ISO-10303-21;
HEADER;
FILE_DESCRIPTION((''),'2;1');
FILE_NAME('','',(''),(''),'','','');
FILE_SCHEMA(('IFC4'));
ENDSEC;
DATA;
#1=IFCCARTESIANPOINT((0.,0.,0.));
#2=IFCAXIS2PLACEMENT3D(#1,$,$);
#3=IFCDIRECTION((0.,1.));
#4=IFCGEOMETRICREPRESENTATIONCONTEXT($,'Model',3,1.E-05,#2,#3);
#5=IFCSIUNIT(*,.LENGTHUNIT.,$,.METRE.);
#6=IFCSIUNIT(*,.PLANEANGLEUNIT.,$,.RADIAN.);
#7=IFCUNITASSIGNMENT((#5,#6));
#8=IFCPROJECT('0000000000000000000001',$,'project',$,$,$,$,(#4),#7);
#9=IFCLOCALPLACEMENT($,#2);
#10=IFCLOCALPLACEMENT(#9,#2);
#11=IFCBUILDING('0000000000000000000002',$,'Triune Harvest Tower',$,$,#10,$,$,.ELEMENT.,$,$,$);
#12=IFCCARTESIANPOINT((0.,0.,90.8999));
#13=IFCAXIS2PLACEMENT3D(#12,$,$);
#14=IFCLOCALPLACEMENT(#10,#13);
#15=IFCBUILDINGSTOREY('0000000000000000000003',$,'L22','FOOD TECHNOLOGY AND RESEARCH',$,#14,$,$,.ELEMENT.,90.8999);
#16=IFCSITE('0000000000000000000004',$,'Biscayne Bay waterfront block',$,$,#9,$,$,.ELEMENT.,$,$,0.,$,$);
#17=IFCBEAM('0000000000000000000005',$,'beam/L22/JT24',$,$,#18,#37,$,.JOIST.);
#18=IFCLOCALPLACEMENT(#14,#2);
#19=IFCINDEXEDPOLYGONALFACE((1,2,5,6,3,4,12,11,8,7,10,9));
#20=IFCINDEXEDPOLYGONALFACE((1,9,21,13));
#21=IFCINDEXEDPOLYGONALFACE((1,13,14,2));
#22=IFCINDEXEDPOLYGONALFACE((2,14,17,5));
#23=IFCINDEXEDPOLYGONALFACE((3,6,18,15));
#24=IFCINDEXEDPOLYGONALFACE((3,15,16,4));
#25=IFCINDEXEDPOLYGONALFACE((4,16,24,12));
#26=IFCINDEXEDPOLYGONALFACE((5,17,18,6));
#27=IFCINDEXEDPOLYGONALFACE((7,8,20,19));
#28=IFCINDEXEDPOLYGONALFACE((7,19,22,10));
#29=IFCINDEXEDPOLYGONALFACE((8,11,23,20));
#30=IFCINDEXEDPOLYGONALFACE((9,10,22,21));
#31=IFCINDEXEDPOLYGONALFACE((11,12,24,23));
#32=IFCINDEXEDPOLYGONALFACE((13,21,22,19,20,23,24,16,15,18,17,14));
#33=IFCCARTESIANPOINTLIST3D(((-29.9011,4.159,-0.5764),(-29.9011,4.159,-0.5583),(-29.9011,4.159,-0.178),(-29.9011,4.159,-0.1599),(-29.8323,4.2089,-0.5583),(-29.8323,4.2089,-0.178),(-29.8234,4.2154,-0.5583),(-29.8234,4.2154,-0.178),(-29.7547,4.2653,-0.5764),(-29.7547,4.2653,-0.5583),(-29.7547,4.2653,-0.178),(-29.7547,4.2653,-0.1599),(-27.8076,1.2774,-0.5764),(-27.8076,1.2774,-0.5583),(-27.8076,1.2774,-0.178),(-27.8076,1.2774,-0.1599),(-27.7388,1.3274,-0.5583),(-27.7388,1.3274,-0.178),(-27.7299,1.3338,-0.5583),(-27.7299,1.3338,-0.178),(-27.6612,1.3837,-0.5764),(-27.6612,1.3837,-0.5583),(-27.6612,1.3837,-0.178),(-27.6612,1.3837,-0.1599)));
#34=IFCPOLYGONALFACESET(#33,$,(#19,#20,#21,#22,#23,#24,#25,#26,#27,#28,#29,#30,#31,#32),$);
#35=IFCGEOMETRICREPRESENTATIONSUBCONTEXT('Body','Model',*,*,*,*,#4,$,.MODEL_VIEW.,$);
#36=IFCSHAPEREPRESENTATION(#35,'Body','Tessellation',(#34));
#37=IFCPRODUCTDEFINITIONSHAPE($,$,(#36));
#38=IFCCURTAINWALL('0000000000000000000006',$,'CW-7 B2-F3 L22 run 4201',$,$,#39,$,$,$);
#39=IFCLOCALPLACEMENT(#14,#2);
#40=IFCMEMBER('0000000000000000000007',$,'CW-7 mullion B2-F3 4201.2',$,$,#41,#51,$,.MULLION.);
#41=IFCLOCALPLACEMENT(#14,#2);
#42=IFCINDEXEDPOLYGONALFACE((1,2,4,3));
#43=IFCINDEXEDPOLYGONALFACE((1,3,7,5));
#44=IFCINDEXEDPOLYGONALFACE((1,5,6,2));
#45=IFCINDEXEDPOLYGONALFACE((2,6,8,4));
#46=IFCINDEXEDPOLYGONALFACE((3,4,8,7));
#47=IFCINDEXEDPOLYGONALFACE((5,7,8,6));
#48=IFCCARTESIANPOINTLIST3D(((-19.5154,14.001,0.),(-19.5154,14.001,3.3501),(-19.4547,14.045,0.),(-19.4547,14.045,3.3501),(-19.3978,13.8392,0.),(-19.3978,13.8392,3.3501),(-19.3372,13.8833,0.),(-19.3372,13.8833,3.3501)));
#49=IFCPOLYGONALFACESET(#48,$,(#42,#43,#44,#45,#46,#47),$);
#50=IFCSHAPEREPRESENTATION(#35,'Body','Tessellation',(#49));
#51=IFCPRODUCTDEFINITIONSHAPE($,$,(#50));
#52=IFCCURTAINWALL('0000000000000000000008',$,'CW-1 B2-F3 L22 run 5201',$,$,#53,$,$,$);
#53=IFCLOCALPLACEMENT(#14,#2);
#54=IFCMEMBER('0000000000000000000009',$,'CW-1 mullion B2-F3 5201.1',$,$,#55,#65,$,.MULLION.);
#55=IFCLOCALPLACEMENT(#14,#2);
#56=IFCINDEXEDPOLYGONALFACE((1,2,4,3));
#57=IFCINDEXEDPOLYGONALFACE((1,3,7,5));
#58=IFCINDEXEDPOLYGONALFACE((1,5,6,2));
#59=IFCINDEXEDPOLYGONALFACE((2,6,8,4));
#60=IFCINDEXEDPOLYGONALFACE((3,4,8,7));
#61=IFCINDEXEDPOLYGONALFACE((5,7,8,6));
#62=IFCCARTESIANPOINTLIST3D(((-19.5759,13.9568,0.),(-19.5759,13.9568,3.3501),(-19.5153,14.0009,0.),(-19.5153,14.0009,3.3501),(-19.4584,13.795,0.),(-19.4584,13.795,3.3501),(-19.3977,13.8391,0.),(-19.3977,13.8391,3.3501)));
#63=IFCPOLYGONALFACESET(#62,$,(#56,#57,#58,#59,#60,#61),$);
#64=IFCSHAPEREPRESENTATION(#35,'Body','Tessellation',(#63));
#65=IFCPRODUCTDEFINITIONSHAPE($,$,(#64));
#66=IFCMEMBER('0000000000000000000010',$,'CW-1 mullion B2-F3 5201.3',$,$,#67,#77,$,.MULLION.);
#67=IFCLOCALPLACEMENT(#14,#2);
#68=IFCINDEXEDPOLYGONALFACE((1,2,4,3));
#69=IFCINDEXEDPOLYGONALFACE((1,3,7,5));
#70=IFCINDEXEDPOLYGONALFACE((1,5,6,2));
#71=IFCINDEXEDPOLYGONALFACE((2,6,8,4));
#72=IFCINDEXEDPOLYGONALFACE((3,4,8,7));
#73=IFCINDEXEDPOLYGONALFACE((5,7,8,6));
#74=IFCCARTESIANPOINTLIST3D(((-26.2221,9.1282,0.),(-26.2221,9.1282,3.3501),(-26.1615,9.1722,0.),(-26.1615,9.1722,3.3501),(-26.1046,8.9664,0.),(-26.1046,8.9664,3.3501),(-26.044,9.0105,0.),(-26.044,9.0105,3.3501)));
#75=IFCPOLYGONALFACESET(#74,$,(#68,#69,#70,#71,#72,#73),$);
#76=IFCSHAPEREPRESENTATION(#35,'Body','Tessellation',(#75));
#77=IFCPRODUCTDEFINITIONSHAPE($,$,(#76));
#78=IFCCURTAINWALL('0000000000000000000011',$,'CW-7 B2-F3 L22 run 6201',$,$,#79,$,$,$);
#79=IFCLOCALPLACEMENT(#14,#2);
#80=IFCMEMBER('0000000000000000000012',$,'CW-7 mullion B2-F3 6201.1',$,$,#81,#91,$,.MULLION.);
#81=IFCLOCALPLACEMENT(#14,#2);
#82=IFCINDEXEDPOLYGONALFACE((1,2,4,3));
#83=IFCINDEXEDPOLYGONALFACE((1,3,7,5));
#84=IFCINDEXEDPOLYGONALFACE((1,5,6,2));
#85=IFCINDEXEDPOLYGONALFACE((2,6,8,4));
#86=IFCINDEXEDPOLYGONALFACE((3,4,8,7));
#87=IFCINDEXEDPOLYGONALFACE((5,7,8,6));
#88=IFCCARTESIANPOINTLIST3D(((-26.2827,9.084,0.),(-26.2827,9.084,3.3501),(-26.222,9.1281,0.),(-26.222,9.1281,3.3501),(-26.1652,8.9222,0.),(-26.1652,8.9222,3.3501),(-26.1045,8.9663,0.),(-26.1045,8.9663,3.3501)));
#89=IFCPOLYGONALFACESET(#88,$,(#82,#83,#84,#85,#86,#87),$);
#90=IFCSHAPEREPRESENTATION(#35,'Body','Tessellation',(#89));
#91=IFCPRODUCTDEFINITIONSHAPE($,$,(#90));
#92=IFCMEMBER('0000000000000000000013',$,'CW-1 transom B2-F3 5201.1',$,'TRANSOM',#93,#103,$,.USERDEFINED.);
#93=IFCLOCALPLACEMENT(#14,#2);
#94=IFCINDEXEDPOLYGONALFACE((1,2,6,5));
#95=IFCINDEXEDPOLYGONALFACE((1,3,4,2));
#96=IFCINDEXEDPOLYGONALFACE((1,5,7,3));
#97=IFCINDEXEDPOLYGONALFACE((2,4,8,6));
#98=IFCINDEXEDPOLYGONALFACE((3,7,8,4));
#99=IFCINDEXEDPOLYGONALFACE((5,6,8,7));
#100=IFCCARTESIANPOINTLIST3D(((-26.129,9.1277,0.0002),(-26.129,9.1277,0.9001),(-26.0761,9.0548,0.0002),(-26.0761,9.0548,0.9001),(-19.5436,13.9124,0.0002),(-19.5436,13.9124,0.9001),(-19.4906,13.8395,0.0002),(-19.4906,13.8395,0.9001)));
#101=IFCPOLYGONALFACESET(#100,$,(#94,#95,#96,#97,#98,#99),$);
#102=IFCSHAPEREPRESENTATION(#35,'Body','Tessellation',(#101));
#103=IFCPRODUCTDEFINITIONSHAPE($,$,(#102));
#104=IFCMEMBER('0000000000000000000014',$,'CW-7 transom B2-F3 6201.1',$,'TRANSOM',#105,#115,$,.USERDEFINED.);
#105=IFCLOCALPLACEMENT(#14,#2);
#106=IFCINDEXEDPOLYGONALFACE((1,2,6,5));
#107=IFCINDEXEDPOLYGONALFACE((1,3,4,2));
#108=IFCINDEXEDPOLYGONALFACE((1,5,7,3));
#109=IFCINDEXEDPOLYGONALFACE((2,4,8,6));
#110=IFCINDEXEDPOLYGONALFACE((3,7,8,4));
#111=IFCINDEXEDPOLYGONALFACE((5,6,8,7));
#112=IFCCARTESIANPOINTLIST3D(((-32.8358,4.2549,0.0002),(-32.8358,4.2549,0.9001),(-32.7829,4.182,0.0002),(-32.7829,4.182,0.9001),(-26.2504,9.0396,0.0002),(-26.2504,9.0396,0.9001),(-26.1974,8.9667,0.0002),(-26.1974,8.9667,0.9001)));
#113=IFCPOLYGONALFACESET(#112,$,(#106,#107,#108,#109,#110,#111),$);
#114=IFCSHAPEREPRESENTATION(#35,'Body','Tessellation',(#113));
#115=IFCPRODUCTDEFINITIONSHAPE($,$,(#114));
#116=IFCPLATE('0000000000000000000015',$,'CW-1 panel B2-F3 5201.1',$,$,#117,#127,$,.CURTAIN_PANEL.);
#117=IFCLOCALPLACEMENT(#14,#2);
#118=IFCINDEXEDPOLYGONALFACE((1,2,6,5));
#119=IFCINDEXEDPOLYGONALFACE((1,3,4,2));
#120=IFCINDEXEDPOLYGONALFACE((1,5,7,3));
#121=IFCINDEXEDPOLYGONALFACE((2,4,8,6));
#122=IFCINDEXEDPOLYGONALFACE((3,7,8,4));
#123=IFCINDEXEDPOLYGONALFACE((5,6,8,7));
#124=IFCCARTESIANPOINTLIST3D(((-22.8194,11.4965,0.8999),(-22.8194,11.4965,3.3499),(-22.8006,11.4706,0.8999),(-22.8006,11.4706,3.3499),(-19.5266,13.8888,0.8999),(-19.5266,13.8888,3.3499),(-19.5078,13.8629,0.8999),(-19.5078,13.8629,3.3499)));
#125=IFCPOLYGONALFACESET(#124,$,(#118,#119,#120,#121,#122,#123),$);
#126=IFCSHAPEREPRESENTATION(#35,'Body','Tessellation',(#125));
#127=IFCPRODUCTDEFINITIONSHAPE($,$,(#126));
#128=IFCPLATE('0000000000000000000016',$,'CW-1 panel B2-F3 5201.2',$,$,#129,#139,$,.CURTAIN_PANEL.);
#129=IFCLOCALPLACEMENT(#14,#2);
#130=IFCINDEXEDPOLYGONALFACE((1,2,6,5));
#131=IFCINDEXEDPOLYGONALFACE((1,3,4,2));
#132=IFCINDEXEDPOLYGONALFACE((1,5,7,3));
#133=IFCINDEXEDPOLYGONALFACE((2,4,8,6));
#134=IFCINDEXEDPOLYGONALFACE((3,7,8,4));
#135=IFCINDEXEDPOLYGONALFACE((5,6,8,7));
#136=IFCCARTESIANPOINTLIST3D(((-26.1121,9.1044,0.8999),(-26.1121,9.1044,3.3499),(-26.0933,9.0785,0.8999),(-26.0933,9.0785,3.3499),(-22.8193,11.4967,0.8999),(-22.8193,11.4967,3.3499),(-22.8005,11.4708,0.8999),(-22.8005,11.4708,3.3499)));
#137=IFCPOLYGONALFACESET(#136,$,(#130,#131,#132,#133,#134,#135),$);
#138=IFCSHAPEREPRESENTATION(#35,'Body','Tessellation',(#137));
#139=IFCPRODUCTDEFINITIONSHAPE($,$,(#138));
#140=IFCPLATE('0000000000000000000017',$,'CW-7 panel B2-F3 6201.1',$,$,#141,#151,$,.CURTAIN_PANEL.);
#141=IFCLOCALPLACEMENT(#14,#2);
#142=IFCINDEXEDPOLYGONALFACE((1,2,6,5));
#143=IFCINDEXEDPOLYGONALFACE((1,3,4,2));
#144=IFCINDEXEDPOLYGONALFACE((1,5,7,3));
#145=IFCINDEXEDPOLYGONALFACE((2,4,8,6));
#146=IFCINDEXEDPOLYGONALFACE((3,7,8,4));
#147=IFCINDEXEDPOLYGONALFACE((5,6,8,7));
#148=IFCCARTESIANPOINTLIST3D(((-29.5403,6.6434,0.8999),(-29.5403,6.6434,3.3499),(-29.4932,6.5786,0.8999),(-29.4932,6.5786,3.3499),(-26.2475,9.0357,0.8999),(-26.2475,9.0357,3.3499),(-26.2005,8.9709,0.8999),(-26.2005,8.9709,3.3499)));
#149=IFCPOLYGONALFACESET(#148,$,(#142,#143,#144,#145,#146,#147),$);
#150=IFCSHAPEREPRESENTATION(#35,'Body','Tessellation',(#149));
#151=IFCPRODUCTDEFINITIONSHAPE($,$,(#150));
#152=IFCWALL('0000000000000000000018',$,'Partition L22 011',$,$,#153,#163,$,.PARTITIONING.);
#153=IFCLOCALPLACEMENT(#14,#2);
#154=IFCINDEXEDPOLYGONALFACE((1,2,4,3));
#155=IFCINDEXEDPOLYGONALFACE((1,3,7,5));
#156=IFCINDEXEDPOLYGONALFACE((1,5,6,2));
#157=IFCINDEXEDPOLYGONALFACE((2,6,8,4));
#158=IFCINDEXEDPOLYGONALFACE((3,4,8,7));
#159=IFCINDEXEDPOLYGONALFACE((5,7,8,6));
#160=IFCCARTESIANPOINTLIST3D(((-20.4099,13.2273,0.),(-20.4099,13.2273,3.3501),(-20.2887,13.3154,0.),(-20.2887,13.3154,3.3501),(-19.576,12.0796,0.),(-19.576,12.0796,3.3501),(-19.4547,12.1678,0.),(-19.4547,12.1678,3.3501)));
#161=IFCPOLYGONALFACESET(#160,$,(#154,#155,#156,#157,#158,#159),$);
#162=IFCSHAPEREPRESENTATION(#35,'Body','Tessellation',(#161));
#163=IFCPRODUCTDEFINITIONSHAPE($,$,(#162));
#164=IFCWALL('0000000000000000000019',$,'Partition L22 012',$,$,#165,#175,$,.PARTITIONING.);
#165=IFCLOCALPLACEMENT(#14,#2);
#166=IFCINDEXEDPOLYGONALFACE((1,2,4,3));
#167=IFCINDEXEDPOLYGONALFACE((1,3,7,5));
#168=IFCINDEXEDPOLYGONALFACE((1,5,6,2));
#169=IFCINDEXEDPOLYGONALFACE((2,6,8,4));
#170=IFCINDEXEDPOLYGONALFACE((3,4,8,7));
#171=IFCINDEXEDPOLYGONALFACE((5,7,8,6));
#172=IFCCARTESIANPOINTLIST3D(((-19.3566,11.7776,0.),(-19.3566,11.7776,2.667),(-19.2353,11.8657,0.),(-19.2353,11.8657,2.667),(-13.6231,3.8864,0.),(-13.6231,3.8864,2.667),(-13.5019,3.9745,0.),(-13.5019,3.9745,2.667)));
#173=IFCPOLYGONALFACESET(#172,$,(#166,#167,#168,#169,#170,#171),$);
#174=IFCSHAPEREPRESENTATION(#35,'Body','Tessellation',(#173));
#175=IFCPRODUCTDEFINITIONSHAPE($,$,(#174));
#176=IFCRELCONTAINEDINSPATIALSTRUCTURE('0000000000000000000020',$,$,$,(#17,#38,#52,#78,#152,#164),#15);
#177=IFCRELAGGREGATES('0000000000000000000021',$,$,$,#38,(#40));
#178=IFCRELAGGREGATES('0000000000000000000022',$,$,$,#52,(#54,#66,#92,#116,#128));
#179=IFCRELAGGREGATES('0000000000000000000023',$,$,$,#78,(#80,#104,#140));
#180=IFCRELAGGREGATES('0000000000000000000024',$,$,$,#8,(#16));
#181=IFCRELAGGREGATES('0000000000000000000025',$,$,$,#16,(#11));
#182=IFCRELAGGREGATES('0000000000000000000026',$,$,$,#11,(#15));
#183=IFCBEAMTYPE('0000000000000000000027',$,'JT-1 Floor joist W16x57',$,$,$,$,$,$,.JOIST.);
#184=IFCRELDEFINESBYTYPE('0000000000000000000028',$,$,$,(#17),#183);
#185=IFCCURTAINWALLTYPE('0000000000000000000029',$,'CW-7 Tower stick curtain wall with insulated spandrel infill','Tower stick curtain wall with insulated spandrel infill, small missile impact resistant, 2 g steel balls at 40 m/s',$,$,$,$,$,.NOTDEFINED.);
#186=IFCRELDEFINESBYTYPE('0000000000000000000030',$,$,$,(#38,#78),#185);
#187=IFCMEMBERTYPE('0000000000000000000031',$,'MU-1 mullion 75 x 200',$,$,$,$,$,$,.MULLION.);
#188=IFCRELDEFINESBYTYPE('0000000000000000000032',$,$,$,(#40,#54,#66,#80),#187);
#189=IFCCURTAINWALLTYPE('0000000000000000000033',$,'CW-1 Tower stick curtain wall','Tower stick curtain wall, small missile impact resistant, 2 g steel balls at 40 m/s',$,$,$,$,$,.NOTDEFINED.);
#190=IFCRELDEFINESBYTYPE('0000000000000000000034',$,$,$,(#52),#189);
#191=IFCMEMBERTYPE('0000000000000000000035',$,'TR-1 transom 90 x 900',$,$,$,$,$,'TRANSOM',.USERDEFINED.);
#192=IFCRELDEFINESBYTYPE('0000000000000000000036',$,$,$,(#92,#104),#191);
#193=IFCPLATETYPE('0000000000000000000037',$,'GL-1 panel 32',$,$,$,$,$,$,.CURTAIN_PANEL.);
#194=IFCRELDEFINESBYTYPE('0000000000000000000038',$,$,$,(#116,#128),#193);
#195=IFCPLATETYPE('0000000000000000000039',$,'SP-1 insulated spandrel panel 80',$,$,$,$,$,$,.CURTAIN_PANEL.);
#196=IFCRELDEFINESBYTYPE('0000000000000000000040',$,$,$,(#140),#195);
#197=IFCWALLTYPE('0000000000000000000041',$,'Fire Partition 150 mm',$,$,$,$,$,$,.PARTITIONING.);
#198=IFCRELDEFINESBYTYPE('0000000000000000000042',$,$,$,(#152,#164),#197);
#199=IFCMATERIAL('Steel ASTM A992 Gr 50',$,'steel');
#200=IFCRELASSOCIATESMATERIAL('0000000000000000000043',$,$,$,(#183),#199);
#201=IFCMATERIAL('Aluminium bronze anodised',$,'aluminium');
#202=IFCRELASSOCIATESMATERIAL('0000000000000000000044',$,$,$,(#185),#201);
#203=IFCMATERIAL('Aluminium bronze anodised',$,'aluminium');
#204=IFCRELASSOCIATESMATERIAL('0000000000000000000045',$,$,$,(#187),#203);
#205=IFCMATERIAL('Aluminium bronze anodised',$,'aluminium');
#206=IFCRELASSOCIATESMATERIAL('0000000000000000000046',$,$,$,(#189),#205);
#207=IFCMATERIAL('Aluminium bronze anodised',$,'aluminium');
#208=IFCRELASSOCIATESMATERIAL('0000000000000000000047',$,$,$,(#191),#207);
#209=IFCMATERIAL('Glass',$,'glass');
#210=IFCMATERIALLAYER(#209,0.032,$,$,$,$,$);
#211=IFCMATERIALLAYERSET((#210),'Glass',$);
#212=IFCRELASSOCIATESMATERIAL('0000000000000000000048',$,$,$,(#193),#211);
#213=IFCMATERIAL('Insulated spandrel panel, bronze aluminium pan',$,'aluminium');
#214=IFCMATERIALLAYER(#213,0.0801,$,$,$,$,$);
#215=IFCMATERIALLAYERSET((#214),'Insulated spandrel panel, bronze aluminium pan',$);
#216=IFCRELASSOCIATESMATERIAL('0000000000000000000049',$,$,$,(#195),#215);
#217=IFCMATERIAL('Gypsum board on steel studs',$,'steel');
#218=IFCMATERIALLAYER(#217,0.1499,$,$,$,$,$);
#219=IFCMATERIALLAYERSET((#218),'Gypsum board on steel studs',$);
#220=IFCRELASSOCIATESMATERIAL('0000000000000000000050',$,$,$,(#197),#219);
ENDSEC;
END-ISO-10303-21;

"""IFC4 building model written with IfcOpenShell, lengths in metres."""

from ifc_helpers import new_model, si_unit, direction, frame, frame_2d, origin, origin_2d, place, context, subcontext, project, spatial, rectangle, i_section, extrude, source, transform, mapped, material, layer, layer_set, material_profile, profile_set, type_object, element, aggregate, save


model = new_model("IFC4")

# Units and contexts
model_context = context("Model", 3, precision=1e-05, world=origin(), true_north=direction((0.0, 1.0)))
body_context = subcontext(model_context, "Body", "Model", "MODEL_VIEW")
ifc_project = project(units=[si_unit("LENGTHUNIT", "METRE"), si_unit("PLANEANGLEUNIT", "RADIAN")], contexts=[model_context])

# Site, building, storey
site_placement = place(None, origin())
site = spatial("IfcSite", under=ifc_project, at=site_placement, Name="Biscayne Bay waterfront block", CompositionType="ELEMENT", RefElevation=0.0)
building_placement = place(site_placement, origin())
building = spatial("IfcBuilding", under=site, at=building_placement, Name="Triune Harvest Tower", CompositionType="ELEMENT")
storey_placement = place(building_placement, frame((0.0, 0.0, 90.8999)))
storey = spatial("IfcBuildingStorey", under=building, at=storey_placement, Name="L22", Description="FOOD TECHNOLOGY AND RESEARCH", CompositionType="ELEMENT", Elevation=90.8999)

# Beam
ifc_material_1 = material(Name="Steel ASTM A992 Gr 50", Category="steel")
ifc_material_profile_1 = material_profile(ifc_material_1, i_section(OverallWidth=0.1809, OverallDepth=0.4165, WebThickness=0.011, FlangeThickness=0.0181, at=origin_2d()), Name="W16x57")
ifc_profile_set_1 = profile_set([ifc_material_profile_1], Name="Steel ASTM A992 Gr 50")
beam_type_1 = type_object("IfcBeamType", Name="JT-1 Floor joist W16x57", PredefinedType="JOIST", material=ifc_profile_set_1)
shared_shape_1 = source(origin(), body_context, "Body", "SweptSolid", [
    extrude(i_section(OverallWidth=0.1809, OverallDepth=0.4165, WebThickness=0.011, FlangeThickness=0.0181, at=origin_2d()), origin(), (0.0, 0.0, 1.0), 3.5618),
])
beam_1_placement = place(storey_placement, frame((-29.8279, 4.2122, -0.3682), z_axis=(0.587768, -0.809029, 0.0), x_axis=(0.809029, 0.587768, 0.0)))
element("IfcBeam", 1, at=beam_1_placement, inside=storey, type_object=beam_type_1, Name="beam/L22/JT24", PredefinedType="JOIST", context=body_context, shape_type="MappedRepresentation", body=[
    mapped(shared_shape_1, transform((0.0, 0.0, 0.0), scale=1.0)),
])

# Curtain wall, member
ifc_material_2 = material(Name="Aluminium bronze anodised", Category="aluminium")
curtain_wall_type_1 = type_object("IfcCurtainWallType", Name="CW-7 Tower stick curtain wall with insulated spandrel infill", Description="Tower stick curtain wall with insulated spandrel infill, small missile impact resistant, 2 g steel balls at 40 m/s", PredefinedType="NOTDEFINED", material=ifc_material_2)
curtain_wall_1_placement = place(storey_placement, origin())
curtain_wall_1 = element("IfcCurtainWall", 2, at=curtain_wall_1_placement, inside=storey, type_object=curtain_wall_type_1, Name="CW-7 B2-F3 L22 run 4201")
ifc_material_3 = material(Name="Aluminium bronze anodised", Category="aluminium")
ifc_material_profile_2 = material_profile(ifc_material_3, rectangle(XDim=0.2, YDim=0.075, at=origin_2d()), Name="MU-1 mullion 75 x 200")
ifc_profile_set_2 = profile_set([ifc_material_profile_2], Name="Aluminium bronze anodised")
member_type_1 = type_object("IfcMemberType", Name="MU-1 mullion 75 x 200", PredefinedType="MULLION", material=ifc_profile_set_2)
shared_shape_2 = source(origin(), body_context, "Body", "SweptSolid", [
    extrude(rectangle(XDim=0.2, YDim=0.075, at=origin_2d()), origin(), (0.0, 0.0, 1.0), 3.3501),
])
member_1_placement = place(storey_placement, frame((-19.4263, 13.9421, 0.0), z_axis=(0.0, 0.0, 1.0), x_axis=(0.587787, -0.809016, 0.0)))
member_1 = element("IfcMember", 3, at=member_1_placement, type_object=member_type_1, Name="CW-7 mullion B2-F3 4201.2", PredefinedType="MULLION", context=body_context, shape_type="MappedRepresentation", body=[
    mapped(shared_shape_2, transform((0.0, 0.0, 0.0), scale=1.0)),
])
aggregate(curtain_wall_1, [member_1])

# Curtain wall, members
ifc_material_4 = material(Name="Aluminium bronze anodised", Category="aluminium")
curtain_wall_type_2 = type_object("IfcCurtainWallType", Name="CW-1 Tower stick curtain wall", Description="Tower stick curtain wall, small missile impact resistant, 2 g steel balls at 40 m/s", PredefinedType="NOTDEFINED", material=ifc_material_4)
curtain_wall_2_placement = place(storey_placement, origin())
curtain_wall_2 = element("IfcCurtainWall", 4, at=curtain_wall_2_placement, inside=storey, type_object=curtain_wall_type_2, Name="CW-1 B2-F3 L22 run 5201")
member_2_placement = place(storey_placement, frame((-19.4868, 13.8979, 0.0), z_axis=(0.0, 0.0, 1.0), x_axis=(0.587779, -0.809021, 0.0)))
member_2 = element("IfcMember", 5, at=member_2_placement, type_object=member_type_1, Name="CW-1 mullion B2-F3 5201.1", PredefinedType="MULLION", context=body_context, shape_type="MappedRepresentation", body=[
    mapped(shared_shape_2, transform((0.0, 0.0, 0.0), scale=1.0)),
])
member_3_placement = place(storey_placement, frame((-26.1331, 9.0693, 0.0), z_axis=(0.0, 0.0, 1.0), x_axis=(0.587779, -0.809021, 0.0)))
member_3 = element("IfcMember", 6, at=member_3_placement, type_object=member_type_1, Name="CW-1 mullion B2-F3 5201.3", PredefinedType="MULLION", context=body_context, shape_type="MappedRepresentation", body=[
    mapped(shared_shape_2, transform((0.0, 0.0, 0.0), scale=1.0)),
])

# Curtain wall, member
curtain_wall_3_placement = place(storey_placement, origin())
curtain_wall_3 = element("IfcCurtainWall", 7, at=curtain_wall_3_placement, inside=storey, type_object=curtain_wall_type_1, Name="CW-7 B2-F3 L22 run 6201")
member_4_placement = place(storey_placement, frame((-26.1936, 9.0251, 0.0), z_axis=(0.0, 0.0, 1.0), x_axis=(0.587787, -0.809016, 0.0)))
member_4 = element("IfcMember", 8, at=member_4_placement, type_object=member_type_1, Name="CW-7 mullion B2-F3 6201.1", PredefinedType="MULLION", context=body_context, shape_type="MappedRepresentation", body=[
    mapped(shared_shape_2, transform((0.0, 0.0, 0.0), scale=1.0)),
])

# Members
ifc_material_5 = material(Name="Aluminium bronze anodised", Category="aluminium")
ifc_material_profile_3 = material_profile(ifc_material_5, rectangle(XDim=0.0901, YDim=0.8999, at=origin_2d()), Name="TR-1 transom 90 x 900")
ifc_profile_set_3 = profile_set([ifc_material_profile_3], Name="Aluminium bronze anodised")
member_type_2 = type_object("IfcMemberType", Name="TR-1 transom 90 x 900", ElementType="TRANSOM", PredefinedType="USERDEFINED", material=ifc_profile_set_3)
shared_shape_3 = source(origin(), body_context, "Body", "SweptSolid", [
    extrude(rectangle(XDim=0.0901, YDim=0.8999, at=origin_2d()), origin(), (0.0, 0.0, 1.0), 8.1401),
])
member_5_placement = place(storey_placement, frame((-19.5171, 13.876, 0.4502), z_axis=(-0.809014, -0.58779, 0.0), x_axis=(0.58779, -0.809014, 0.0)))
member_5 = element("IfcMember", 9, at=member_5_placement, type_object=member_type_2, Name="CW-1 transom B2-F3 5201.1", ObjectType="TRANSOM", PredefinedType="USERDEFINED", context=body_context, shape_type="MappedRepresentation", body=[
    mapped(shared_shape_3, transform((0.0, 0.0, 0.0), scale=1.0)),
])
member_6_placement = place(storey_placement, frame((-26.2239, 9.0032, 0.4502), z_axis=(-0.809014, -0.58779, 0.0), x_axis=(0.58779, -0.809014, 0.0)))
member_6 = element("IfcMember", 10, at=member_6_placement, type_object=member_type_2, Name="CW-7 transom B2-F3 6201.1", ObjectType="TRANSOM", PredefinedType="USERDEFINED", context=body_context, shape_type="MappedRepresentation", body=[
    mapped(shared_shape_3, transform((0.0, 0.0, 0.0), scale=1.0)),
])

# Plates
ifc_material_6 = material(Name="Glass", Category="glass")
ifc_layer_1 = layer(ifc_material_6, 0.032)
ifc_layer_set_1 = layer_set([ifc_layer_1], Name="Glass")
plate_type_1 = type_object("IfcPlateType", Name="GL-1 panel 32", PredefinedType="CURTAIN_PANEL", material=ifc_layer_set_1)
shared_shape_4 = source(origin(), body_context, "Body", "SweptSolid", [
    extrude(rectangle(XDim=4.0701, YDim=0.032, at=origin_2d()), origin(), (0.0, 0.0, 1.0), 2.45),
])
plate_1_placement = place(storey_placement, frame((-21.1636, 12.6797, 0.8999), z_axis=(0.0, 0.0, 1.0), x_axis=(-0.809021, -0.587779, 0.0)))
plate_1 = element("IfcPlate", 11, at=plate_1_placement, type_object=plate_type_1, Name="CW-1 panel B2-F3 5201.1", PredefinedType="CURTAIN_PANEL", context=body_context, shape_type="MappedRepresentation", body=[
    mapped(shared_shape_4, transform((0.0, 0.0, 0.0), scale=1.0)),
])
plate_2_placement = place(storey_placement, frame((-24.4563, 10.2876, 0.8999), z_axis=(0.0, 0.0, 1.0), x_axis=(-0.809021, -0.587779, 0.0)))
plate_2 = element("IfcPlate", 12, at=plate_2_placement, type_object=plate_type_1, Name="CW-1 panel B2-F3 5201.2", PredefinedType="CURTAIN_PANEL", context=body_context, shape_type="MappedRepresentation", body=[
    mapped(shared_shape_4, transform((0.0, 0.0, 0.0), scale=1.0)),
])
aggregate(curtain_wall_2, [member_2, member_3, member_5, plate_1, plate_2])
ifc_material_7 = material(Name="Insulated spandrel panel, bronze aluminium pan", Category="aluminium")
ifc_layer_2 = layer(ifc_material_7, 0.0801)
ifc_layer_set_2 = layer_set([ifc_layer_2], Name="Insulated spandrel panel, bronze aluminium pan")
plate_type_2 = type_object("IfcPlateType", Name="SP-1 insulated spandrel panel 80", PredefinedType="CURTAIN_PANEL", material=ifc_layer_set_2)
shared_shape_5 = source(origin(), body_context, "Body", "SweptSolid", [
    extrude(rectangle(XDim=4.0701, YDim=0.0801, at=origin_2d()), origin(), (0.0, 0.0, 1.0), 2.45),
])
plate_3_placement = place(storey_placement, frame((-27.8704, 7.8071, 0.8999), z_axis=(0.0, 0.0, 1.0), x_axis=(-0.809016, -0.587787, 0.0)))
plate_3 = element("IfcPlate", 13, at=plate_3_placement, type_object=plate_type_2, Name="CW-7 panel B2-F3 6201.1", PredefinedType="CURTAIN_PANEL", context=body_context, shape_type="MappedRepresentation", body=[
    mapped(shared_shape_5, transform((0.0, 0.0, 0.0), scale=1.0)),
])
aggregate(curtain_wall_3, [member_4, member_6, plate_3])

# Walls
ifc_material_8 = material(Name="Gypsum board on steel studs", Category="steel")
ifc_layer_3 = layer(ifc_material_8, 0.1499)
ifc_layer_set_3 = layer_set([ifc_layer_3], Name="Gypsum board on steel studs")
wall_type_1 = type_object("IfcWallType", Name="Fire Partition 150 mm", PredefinedType="PARTITIONING", material=ifc_layer_set_3)
wall_1_placement = place(storey_placement, frame((-20.3494, 13.2715, 0.0), z_axis=(0.0, 0.0, 1.0), x_axis=(0.587844, -0.808974, 0.0)))
element("IfcWall", 14, at=wall_1_placement, inside=storey, type_object=wall_type_1, Name="Partition L22 011", PredefinedType="PARTITIONING", context=body_context, shape_type="SweptSolid", body=[
    extrude(rectangle(XDim=1.4187, YDim=0.1499, at=frame_2d((0.7095, 0.0))), origin(), (0.0, 0.0, 1.0), 3.3501),
])
wall_2_placement = place(storey_placement, frame((-19.2959, 11.8215, 0.0), z_axis=(0.0, 0.0, 1.0), x_axis=(0.587797, -0.809009, 0.0)))
element("IfcWall", 15, at=wall_2_placement, inside=storey, type_object=wall_type_1, Name="Partition L22 012", PredefinedType="PARTITIONING", context=body_context, shape_type="SweptSolid", body=[
    extrude(rectangle(XDim=9.7542, YDim=0.1499, at=frame_2d((4.877, 0.0))), origin(), (0.0, 0.0, 1.0), 2.667),
])

save(model, "model.ifc")
